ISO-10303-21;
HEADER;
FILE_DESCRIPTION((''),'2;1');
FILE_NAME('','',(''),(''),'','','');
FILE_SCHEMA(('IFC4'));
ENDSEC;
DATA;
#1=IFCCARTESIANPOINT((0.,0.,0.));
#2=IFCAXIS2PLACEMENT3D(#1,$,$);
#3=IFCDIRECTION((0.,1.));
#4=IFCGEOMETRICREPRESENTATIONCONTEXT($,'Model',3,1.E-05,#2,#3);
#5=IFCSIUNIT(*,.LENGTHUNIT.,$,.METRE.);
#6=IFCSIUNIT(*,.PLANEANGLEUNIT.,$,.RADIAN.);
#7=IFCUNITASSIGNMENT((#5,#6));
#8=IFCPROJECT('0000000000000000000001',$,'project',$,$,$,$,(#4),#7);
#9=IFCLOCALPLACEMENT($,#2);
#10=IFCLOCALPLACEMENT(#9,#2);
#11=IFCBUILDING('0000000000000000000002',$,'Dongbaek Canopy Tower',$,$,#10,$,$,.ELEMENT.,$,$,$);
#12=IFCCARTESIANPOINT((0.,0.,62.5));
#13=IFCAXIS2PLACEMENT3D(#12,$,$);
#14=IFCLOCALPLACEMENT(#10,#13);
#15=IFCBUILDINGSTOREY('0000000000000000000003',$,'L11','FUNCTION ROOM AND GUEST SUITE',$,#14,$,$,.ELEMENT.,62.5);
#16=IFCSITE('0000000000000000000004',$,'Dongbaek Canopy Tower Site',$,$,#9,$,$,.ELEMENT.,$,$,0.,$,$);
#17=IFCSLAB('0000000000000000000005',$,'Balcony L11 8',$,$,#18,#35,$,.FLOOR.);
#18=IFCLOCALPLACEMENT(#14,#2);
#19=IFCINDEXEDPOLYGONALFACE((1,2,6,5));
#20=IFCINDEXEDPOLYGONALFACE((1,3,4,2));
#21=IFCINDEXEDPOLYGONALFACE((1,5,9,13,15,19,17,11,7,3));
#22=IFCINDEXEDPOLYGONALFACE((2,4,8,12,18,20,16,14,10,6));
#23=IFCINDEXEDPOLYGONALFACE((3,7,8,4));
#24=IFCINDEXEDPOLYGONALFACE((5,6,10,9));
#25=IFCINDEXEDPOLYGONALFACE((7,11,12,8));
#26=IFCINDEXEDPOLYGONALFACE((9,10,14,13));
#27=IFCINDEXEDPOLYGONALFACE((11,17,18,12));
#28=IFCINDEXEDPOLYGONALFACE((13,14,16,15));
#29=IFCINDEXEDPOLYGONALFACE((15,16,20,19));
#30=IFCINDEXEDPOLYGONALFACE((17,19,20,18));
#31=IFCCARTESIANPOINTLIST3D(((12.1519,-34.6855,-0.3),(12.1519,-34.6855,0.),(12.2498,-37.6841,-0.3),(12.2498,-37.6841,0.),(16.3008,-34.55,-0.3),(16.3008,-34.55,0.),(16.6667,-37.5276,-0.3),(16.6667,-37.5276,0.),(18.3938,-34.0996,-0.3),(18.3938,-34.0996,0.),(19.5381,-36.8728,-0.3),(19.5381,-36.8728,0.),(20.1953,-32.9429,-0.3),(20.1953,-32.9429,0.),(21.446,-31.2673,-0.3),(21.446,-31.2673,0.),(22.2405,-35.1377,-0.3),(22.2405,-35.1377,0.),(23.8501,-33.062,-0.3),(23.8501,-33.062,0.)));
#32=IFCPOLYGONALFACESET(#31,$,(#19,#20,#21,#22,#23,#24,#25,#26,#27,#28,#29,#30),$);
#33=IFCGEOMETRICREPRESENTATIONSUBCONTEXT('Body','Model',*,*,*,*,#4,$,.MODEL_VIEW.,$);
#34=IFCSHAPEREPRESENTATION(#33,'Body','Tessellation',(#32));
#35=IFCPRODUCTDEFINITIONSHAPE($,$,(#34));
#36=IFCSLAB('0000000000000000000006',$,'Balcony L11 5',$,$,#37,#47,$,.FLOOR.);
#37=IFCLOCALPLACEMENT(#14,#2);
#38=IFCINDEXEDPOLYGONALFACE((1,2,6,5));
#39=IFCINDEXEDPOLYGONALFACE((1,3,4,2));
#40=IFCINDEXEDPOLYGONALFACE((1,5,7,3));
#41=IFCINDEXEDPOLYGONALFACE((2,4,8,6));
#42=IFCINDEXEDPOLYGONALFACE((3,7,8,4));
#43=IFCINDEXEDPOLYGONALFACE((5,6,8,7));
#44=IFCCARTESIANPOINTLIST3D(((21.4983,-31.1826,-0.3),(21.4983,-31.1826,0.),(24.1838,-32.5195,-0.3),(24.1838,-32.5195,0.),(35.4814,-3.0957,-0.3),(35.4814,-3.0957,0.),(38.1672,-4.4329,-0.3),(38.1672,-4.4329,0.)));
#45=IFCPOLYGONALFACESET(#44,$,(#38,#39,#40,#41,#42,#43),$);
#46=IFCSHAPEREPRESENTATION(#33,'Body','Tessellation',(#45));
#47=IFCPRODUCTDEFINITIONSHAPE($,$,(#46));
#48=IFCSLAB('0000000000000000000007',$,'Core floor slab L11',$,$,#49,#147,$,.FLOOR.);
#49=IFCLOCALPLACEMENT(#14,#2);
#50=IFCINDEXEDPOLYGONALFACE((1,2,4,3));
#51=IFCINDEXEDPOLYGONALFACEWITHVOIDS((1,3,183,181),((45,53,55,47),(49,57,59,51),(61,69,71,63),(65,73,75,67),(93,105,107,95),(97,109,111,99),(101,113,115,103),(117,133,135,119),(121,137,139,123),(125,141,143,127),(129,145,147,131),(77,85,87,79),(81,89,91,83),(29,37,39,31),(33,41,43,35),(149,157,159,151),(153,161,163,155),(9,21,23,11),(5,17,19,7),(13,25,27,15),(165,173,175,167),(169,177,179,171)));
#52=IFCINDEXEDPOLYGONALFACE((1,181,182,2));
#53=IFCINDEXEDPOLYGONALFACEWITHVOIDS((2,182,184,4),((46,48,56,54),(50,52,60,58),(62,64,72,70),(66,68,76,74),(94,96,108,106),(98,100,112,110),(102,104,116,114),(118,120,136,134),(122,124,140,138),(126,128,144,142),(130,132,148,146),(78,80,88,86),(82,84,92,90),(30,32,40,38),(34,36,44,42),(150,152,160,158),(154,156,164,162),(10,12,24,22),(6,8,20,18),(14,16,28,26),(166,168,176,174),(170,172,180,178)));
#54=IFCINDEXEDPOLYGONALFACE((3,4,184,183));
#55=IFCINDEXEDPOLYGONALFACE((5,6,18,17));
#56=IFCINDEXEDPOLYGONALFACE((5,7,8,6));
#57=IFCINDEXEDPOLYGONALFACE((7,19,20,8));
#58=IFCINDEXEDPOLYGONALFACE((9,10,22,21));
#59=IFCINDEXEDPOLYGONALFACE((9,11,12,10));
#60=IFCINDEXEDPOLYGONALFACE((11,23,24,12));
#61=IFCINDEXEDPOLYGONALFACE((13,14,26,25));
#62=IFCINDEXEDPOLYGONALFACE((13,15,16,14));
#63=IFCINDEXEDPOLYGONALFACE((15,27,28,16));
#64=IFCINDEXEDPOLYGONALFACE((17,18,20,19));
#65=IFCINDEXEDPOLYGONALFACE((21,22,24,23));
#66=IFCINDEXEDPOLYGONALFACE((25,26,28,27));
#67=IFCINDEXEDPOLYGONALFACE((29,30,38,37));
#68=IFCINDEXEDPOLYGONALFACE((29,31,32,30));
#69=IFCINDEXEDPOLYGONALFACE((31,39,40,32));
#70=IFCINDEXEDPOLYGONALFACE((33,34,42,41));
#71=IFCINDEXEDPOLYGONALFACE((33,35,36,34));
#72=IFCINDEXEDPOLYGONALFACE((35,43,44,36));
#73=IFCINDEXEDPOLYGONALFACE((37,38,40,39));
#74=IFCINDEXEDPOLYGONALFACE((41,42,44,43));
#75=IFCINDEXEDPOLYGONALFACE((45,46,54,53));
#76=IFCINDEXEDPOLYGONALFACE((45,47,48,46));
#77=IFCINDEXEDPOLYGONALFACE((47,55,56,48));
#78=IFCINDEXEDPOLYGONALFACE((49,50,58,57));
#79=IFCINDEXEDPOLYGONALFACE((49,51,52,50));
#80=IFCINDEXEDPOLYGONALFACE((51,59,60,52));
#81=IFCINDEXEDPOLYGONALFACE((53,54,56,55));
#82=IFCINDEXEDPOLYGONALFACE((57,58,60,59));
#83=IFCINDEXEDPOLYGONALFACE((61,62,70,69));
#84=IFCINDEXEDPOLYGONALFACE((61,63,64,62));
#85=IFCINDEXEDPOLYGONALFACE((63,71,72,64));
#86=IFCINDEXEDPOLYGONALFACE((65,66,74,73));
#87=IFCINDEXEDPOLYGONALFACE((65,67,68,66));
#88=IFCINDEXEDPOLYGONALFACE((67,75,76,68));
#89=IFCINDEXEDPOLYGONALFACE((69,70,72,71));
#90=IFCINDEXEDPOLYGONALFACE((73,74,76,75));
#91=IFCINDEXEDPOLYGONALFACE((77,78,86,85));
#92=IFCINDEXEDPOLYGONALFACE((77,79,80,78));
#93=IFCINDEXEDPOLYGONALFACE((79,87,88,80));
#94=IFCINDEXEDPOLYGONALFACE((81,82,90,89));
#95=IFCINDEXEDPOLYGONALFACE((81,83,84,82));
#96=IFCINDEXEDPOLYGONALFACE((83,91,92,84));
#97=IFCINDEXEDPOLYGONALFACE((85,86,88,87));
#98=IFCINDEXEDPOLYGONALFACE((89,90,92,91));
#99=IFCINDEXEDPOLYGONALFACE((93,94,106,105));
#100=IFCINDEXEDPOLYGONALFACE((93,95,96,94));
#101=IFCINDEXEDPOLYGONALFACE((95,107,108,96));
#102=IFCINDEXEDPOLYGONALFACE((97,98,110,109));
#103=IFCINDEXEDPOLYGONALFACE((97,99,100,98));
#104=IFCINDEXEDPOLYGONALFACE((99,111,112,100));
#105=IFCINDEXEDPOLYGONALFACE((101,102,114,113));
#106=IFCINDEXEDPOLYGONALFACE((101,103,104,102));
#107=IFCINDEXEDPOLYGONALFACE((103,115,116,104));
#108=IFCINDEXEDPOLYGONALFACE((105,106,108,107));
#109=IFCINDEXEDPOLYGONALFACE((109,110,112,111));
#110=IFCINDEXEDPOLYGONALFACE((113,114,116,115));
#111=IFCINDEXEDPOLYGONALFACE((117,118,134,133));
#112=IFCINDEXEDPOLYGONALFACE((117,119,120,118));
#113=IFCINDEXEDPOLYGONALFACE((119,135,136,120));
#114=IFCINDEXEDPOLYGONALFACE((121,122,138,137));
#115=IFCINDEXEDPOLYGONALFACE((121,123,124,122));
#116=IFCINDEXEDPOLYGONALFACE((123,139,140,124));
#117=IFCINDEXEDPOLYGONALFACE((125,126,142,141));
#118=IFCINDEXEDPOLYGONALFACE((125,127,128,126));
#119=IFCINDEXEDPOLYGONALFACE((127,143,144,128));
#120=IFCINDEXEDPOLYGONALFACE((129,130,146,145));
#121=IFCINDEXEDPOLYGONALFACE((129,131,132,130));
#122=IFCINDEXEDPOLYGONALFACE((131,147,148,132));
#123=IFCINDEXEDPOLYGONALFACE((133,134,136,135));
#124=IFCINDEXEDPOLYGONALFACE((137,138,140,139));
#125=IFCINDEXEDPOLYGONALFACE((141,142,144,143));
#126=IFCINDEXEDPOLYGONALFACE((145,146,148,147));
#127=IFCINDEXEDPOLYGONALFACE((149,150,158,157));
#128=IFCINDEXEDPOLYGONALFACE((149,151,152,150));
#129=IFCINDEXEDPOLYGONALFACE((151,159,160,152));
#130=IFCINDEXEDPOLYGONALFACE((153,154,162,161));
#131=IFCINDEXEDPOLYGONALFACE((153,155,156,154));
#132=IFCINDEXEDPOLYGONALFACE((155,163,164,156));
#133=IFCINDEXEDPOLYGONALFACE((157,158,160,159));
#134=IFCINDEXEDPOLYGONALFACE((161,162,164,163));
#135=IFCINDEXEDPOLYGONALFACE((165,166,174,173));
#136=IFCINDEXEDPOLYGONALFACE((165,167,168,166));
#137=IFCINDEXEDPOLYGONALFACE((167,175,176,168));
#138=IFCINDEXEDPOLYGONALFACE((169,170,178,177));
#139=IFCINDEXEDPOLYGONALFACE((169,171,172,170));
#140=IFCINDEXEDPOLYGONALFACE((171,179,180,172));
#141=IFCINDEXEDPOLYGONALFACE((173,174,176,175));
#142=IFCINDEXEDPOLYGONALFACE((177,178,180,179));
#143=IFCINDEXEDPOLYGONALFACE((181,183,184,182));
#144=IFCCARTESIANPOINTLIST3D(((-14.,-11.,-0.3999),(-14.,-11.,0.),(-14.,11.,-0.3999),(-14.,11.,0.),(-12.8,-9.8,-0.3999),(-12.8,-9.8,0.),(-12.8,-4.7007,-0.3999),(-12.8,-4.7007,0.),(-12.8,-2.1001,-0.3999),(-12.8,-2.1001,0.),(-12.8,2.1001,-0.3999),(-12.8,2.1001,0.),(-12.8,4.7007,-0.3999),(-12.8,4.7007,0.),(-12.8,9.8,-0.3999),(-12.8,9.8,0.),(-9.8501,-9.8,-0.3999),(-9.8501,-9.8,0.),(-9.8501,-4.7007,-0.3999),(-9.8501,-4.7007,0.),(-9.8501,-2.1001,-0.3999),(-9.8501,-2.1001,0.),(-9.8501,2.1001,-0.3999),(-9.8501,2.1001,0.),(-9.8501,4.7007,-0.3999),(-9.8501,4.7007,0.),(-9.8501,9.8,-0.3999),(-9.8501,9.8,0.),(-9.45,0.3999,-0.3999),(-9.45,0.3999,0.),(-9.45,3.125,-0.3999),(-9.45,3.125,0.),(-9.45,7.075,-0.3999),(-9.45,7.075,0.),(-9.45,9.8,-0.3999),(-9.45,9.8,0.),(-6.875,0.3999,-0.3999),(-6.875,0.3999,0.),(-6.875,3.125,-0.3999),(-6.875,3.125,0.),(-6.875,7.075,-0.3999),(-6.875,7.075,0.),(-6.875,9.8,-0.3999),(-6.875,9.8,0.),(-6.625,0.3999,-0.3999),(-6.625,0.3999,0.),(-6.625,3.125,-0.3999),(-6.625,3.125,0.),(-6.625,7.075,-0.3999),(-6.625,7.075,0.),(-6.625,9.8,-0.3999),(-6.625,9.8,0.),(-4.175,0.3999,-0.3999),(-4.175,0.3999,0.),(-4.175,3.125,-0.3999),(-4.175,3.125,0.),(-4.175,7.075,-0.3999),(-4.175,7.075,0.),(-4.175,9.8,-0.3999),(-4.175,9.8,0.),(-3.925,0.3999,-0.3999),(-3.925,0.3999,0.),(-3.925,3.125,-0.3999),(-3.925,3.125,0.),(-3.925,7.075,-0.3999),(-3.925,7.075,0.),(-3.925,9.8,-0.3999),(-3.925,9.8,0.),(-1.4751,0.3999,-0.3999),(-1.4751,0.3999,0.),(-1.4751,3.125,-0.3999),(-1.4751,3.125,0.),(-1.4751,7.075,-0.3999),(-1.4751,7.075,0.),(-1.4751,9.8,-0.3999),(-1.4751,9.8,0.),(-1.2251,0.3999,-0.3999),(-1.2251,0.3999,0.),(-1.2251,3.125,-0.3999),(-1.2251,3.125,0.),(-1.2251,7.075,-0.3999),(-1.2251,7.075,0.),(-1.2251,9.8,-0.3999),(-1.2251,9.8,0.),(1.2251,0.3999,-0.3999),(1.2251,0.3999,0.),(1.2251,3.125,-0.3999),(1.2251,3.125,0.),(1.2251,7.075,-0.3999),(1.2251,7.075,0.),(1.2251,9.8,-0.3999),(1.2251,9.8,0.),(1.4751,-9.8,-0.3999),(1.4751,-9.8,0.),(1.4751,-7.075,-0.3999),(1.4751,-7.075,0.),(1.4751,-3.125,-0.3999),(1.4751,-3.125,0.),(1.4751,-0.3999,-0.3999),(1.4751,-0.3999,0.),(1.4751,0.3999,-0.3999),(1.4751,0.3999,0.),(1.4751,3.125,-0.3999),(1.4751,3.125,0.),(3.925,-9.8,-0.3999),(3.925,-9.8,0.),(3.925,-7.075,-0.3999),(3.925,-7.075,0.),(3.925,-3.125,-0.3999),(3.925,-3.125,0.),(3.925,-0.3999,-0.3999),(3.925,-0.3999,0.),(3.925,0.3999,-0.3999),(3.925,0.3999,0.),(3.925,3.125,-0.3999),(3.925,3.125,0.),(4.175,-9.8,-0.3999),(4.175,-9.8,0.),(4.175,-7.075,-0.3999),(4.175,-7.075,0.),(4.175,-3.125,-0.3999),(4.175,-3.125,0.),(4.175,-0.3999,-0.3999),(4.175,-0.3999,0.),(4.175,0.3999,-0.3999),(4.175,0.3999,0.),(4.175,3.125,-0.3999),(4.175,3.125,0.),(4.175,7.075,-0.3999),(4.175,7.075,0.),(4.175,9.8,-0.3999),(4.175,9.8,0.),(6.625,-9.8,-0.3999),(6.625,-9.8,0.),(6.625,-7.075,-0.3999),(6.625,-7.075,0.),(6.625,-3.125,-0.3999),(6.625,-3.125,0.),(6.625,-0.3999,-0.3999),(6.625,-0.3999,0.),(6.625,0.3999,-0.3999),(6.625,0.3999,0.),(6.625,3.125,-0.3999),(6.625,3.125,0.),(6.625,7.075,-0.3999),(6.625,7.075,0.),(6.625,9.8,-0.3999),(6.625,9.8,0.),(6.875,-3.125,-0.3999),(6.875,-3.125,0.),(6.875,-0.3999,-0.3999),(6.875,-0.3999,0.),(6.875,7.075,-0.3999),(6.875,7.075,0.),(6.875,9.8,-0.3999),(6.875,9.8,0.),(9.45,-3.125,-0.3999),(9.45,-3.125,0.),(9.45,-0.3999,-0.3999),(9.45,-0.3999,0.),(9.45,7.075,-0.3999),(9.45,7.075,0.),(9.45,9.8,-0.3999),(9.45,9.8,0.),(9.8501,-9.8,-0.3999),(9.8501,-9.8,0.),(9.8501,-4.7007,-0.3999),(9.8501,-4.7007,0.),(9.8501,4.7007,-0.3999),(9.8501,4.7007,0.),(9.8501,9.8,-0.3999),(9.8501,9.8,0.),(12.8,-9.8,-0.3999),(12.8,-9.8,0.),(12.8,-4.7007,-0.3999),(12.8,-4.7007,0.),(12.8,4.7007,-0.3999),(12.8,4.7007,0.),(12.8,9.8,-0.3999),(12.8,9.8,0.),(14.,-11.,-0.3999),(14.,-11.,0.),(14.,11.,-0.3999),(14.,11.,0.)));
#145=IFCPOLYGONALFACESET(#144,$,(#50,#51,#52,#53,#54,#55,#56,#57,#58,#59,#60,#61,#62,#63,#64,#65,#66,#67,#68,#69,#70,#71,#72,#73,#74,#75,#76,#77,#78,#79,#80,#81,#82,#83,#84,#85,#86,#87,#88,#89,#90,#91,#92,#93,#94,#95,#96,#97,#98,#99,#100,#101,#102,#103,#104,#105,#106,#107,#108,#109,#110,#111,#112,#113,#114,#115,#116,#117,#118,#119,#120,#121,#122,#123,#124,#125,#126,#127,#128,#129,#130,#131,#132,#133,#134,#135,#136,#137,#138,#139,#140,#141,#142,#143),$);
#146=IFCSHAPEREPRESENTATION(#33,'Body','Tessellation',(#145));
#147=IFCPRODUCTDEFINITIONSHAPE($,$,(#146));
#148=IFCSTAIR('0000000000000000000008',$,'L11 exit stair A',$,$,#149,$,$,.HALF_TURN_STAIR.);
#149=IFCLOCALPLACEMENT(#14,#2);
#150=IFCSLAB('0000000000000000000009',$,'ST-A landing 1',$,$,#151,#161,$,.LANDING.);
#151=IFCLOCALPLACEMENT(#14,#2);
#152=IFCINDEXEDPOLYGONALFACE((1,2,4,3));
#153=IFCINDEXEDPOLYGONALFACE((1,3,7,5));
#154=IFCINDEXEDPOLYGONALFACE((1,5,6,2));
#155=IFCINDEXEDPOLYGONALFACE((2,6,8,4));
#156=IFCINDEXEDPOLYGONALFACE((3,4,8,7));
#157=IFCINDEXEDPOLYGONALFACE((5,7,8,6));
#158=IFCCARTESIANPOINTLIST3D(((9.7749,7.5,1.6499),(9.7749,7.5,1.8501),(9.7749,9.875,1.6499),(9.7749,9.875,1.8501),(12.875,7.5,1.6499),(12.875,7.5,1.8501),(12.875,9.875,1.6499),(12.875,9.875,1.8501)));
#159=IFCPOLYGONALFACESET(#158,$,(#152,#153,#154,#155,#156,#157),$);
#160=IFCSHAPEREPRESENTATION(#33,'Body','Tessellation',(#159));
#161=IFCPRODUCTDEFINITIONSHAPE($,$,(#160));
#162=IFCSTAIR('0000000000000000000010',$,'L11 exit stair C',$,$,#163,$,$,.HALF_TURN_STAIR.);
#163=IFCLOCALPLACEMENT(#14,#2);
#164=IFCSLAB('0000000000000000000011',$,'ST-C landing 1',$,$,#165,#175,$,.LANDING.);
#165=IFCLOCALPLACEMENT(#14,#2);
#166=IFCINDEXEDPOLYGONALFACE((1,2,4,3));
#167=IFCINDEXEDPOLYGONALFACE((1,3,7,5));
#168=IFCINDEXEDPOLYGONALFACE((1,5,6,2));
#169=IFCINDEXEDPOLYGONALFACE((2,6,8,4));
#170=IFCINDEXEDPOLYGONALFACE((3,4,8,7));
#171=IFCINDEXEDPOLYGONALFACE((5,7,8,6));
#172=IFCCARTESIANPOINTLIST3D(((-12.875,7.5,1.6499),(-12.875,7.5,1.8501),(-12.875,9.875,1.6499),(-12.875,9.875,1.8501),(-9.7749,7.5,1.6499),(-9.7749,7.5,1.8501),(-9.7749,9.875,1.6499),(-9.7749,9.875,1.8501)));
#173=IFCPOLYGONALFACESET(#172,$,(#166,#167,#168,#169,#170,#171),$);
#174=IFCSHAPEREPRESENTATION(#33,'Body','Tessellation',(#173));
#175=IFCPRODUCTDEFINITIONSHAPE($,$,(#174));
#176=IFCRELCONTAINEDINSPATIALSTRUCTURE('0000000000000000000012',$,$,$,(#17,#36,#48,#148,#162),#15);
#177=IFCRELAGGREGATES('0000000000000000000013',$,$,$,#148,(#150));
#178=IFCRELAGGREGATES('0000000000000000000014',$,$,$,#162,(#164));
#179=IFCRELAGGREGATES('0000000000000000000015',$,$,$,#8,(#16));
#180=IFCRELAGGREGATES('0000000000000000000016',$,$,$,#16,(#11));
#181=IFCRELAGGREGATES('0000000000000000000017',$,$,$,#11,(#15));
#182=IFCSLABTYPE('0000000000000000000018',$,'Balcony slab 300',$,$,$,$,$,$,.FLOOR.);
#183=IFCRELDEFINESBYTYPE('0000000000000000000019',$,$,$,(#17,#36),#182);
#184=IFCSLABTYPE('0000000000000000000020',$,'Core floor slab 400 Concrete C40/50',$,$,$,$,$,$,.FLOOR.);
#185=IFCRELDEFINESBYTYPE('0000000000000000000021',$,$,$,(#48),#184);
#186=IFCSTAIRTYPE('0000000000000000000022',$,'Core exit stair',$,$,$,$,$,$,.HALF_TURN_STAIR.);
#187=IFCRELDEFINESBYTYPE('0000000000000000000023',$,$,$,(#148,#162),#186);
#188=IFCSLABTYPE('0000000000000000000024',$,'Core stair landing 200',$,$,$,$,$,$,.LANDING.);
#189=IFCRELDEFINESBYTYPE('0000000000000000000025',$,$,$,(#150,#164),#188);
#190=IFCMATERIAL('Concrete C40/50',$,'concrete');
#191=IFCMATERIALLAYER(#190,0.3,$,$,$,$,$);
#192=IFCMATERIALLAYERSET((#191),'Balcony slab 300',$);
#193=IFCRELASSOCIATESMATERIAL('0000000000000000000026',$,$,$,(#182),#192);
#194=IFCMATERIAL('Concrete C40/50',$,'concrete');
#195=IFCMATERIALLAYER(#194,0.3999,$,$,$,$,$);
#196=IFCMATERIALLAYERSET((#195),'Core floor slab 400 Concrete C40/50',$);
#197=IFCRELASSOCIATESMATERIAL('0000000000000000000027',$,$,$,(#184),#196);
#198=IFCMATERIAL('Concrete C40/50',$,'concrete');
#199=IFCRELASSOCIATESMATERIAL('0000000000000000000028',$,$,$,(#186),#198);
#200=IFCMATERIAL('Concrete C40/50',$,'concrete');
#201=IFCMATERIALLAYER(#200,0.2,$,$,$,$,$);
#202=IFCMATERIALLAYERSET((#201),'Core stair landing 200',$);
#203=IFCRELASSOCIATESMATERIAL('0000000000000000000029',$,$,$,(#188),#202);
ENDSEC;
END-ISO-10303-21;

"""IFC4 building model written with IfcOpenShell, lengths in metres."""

from ifc_helpers import new_model, si_unit, direction, frame, origin, place, context, subcontext, project, spatial, polyline, outline, extrude, material, layer, layer_set, type_object, element, aggregate, save


model = new_model("IFC4")

# Units and contexts
model_context = context("Model", 3, precision=1e-05, world=origin(), true_north=direction((0.0, 1.0)))
body_context = subcontext(model_context, "Body", "Model", "MODEL_VIEW")
ifc_project = project(units=[si_unit("LENGTHUNIT", "METRE"), si_unit("PLANEANGLEUNIT", "RADIAN")], contexts=[model_context])

# Site, building, storey
site_placement = place(None, origin())
site = spatial("IfcSite", under=ifc_project, at=site_placement, Name="Dongbaek Canopy Tower Site", CompositionType="ELEMENT", RefElevation=0.0)
building_placement = place(site_placement, origin())
building = spatial("IfcBuilding", under=site, at=building_placement, Name="Dongbaek Canopy Tower", CompositionType="ELEMENT")
storey_placement = place(building_placement, frame((0.0, 0.0, 62.5)))
storey = spatial("IfcBuildingStorey", under=building, at=storey_placement, Name="L11", Description="FUNCTION ROOM AND GUEST SUITE", CompositionType="ELEMENT", Elevation=62.5)

# Slabs
ifc_material_1 = material(Name="Concrete C40/50", Category="concrete")
ifc_layer_1 = layer(ifc_material_1, 0.3)
ifc_layer_set_1 = layer_set([ifc_layer_1], Name="Balcony slab 300")
slab_type_1 = type_object("IfcSlabType", Name="Balcony slab 300", PredefinedType="FLOOR", material=ifc_layer_set_1)
slab_1_placement = place(storey_placement, frame((0.0, 0.0, -0.3)))
element("IfcSlab", 1, at=slab_1_placement, inside=storey, type_object=slab_type_1, Name="Balcony L11 8", PredefinedType="FLOOR", context=body_context, shape_type="SweptSolid", body=[
    extrude(outline(polyline([(12.1519, -34.6855), (16.3008, -34.55), (18.3938, -34.0996), (20.1953, -32.9429), (21.446, -31.2673), (23.8501, -33.062), (22.2405, -35.1377), (19.5381, -36.8728), (16.6667, -37.5276), (12.2498, -37.6841), (12.1519, -34.6855)])), origin(), (0.0, 0.0, 1.0), 0.3),
])
slab_2_placement = place(storey_placement, frame((0.0, 0.0, -0.3)))
element("IfcSlab", 2, at=slab_2_placement, inside=storey, type_object=slab_type_1, Name="Balcony L11 5", PredefinedType="FLOOR", context=body_context, shape_type="SweptSolid", body=[
    extrude(outline(polyline([(21.4983, -31.1826), (35.4814, -3.0957), (38.1672, -4.4329), (24.1838, -32.5195), (21.4983, -31.1826)])), origin(), (0.0, 0.0, 1.0), 0.3),
])
ifc_material_2 = material(Name="Concrete C40/50", Category="concrete")
ifc_layer_2 = layer(ifc_material_2, 0.3999)
ifc_layer_set_2 = layer_set([ifc_layer_2], Name="Core floor slab 400 Concrete C40/50")
slab_type_2 = type_object("IfcSlabType", Name="Core floor slab 400 Concrete C40/50", PredefinedType="FLOOR", material=ifc_layer_set_2)
slab_3_placement = place(storey_placement, frame((0.0, 0.0, -0.3999)))
element("IfcSlab", 3, at=slab_3_placement, inside=storey, type_object=slab_type_2, Name="Core floor slab L11", PredefinedType="FLOOR", context=body_context, shape_type="SweptSolid", body=[
    extrude(outline(polyline([(14.0, -11.0), (14.0, 11.0), (-14.0, 11.0), (-14.0, -11.0), (14.0, -11.0)]), holes=[polyline([(-12.8, 2.1001), (-9.8501, 2.1001), (-9.8501, -2.1001), (-12.8, -2.1001), (-12.8, 2.1001)]), polyline([(-6.875, 9.8), (-6.875, 7.075), (-9.45, 7.075), (-9.45, 9.8), (-6.875, 9.8)]), polyline([(-4.175, 9.8), (-4.175, 7.075), (-6.625, 7.075), (-6.625, 9.8), (-4.175, 9.8)]), polyline([(-1.4751, 9.8), (-1.4751, 7.075), (-3.925, 7.075), (-3.925, 9.8), (-1.4751, 9.8)]), polyline([(1.2251, 9.8), (1.2251, 7.075), (-1.2251, 7.075), (-1.2251, 9.8), (1.2251, 9.8)]), polyline([(6.625, 9.8), (6.625, 7.075), (4.175, 7.075), (4.175, 9.8), (6.625, 9.8)]), polyline([(9.45, 7.075), (6.875, 7.075), (6.875, 9.8), (9.45, 9.8), (9.45, 7.075)]), polyline([(-9.45, 3.125), (-6.875, 3.125), (-6.875, 0.3999), (-9.45, 0.3999), (-9.45, 3.125)]), polyline([(-6.625, 3.125), (-4.175, 3.125), (-4.175, 0.3999), (-6.625, 0.3999), (-6.625, 3.125)]), polyline([(-3.925, 3.125), (-1.4751, 3.125), (-1.4751, 0.3999), (-3.925, 0.3999), (-3.925, 3.125)]), polyline([(-1.2251, 3.125), (1.2251, 3.125), (1.2251, 0.3999), (-1.2251, 0.3999), (-1.2251, 3.125)]), polyline([(1.4751, 0.3999), (1.4751, 3.125), (3.925, 3.125), (3.925, 0.3999), (1.4751, 0.3999)]), polyline([(4.175, 0.3999), (4.175, 3.125), (6.625, 3.125), (6.625, 0.3999), (4.175, 0.3999)]), polyline([(3.925, -0.3999), (3.925, -3.125), (1.4751, -3.125), (1.4751, -0.3999), (3.925, -0.3999)]), polyline([(6.625, -0.3999), (6.625, -3.125), (4.175, -3.125), (4.175, -0.3999), (6.625, -0.3999)]), polyline([(9.45, -3.125), (6.875, -3.125), (6.875, -0.3999), (9.45, -0.3999), (9.45, -3.125)]), polyline([(1.4751, -9.8), (1.4751, -7.075), (3.925, -7.075), (3.925, -9.8), (1.4751, -9.8)]), polyline([(4.175, -9.8), (4.175, -7.075), (6.625, -7.075), (6.625, -9.8), (4.175, -9.8)]), polyline([(12.8, 4.7007), (12.8, 9.8), (9.8501, 9.8), (9.8501, 4.7007), (12.8, 4.7007)]), polyline([(-9.8501, 4.7007), (-9.8501, 9.8), (-12.8, 9.8), (-12.8, 4.7007), (-9.8501, 4.7007)]), polyline([(9.8501, -4.7007), (9.8501, -9.8), (12.8, -9.8), (12.8, -4.7007), (9.8501, -4.7007)]), polyline([(-12.8, -4.7007), (-12.8, -9.8), (-9.8501, -9.8), (-9.8501, -4.7007), (-12.8, -4.7007)])]), origin(), (0.0, 0.0, 1.0), 0.3999),
])

# Stairs, slabs
ifc_material_3 = material(Name="Concrete C40/50", Category="concrete")
stair_type = type_object("IfcStairType", Name="Core exit stair", PredefinedType="HALF_TURN_STAIR", material=ifc_material_3)
stair_1_placement = place(storey_placement, origin())
stair_1 = element("IfcStair", 4, at=stair_1_placement, inside=storey, type_object=stair_type, Name="L11 exit stair A", PredefinedType="HALF_TURN_STAIR")
ifc_material_4 = material(Name="Concrete C40/50", Category="concrete")
ifc_layer_3 = layer(ifc_material_4, 0.2)
ifc_layer_set_3 = layer_set([ifc_layer_3], Name="Core stair landing 200")
slab_type_3 = type_object("IfcSlabType", Name="Core stair landing 200", PredefinedType="LANDING", material=ifc_layer_set_3)
slab_4_placement = place(storey_placement, frame((0.0, 0.0, 1.6499)))
slab_4 = element("IfcSlab", 5, at=slab_4_placement, type_object=slab_type_3, Name="ST-A landing 1", PredefinedType="LANDING", context=body_context, shape_type="SweptSolid", body=[
    extrude(outline(polyline([(12.875, 7.5), (12.875, 9.875), (9.7749, 9.875), (9.7749, 7.5), (12.875, 7.5)])), origin(), (0.0, 0.0, 1.0), 0.2002),
])
aggregate(stair_1, [slab_4])
stair_2_placement = place(storey_placement, origin())
stair_2 = element("IfcStair", 6, at=stair_2_placement, inside=storey, type_object=stair_type, Name="L11 exit stair C", PredefinedType="HALF_TURN_STAIR")
slab_5_placement = place(storey_placement, frame((0.0, 0.0, 1.6499)))
slab_5 = element("IfcSlab", 7, at=slab_5_placement, type_object=slab_type_3, Name="ST-C landing 1", PredefinedType="LANDING", context=body_context, shape_type="SweptSolid", body=[
    extrude(outline(polyline([(-9.7749, 7.5), (-9.7749, 9.875), (-12.875, 9.875), (-12.875, 7.5), (-9.7749, 7.5)])), origin(), (0.0, 0.0, 1.0), 0.2002),
])
aggregate(stair_2, [slab_5])

save(model, "model.ifc")
